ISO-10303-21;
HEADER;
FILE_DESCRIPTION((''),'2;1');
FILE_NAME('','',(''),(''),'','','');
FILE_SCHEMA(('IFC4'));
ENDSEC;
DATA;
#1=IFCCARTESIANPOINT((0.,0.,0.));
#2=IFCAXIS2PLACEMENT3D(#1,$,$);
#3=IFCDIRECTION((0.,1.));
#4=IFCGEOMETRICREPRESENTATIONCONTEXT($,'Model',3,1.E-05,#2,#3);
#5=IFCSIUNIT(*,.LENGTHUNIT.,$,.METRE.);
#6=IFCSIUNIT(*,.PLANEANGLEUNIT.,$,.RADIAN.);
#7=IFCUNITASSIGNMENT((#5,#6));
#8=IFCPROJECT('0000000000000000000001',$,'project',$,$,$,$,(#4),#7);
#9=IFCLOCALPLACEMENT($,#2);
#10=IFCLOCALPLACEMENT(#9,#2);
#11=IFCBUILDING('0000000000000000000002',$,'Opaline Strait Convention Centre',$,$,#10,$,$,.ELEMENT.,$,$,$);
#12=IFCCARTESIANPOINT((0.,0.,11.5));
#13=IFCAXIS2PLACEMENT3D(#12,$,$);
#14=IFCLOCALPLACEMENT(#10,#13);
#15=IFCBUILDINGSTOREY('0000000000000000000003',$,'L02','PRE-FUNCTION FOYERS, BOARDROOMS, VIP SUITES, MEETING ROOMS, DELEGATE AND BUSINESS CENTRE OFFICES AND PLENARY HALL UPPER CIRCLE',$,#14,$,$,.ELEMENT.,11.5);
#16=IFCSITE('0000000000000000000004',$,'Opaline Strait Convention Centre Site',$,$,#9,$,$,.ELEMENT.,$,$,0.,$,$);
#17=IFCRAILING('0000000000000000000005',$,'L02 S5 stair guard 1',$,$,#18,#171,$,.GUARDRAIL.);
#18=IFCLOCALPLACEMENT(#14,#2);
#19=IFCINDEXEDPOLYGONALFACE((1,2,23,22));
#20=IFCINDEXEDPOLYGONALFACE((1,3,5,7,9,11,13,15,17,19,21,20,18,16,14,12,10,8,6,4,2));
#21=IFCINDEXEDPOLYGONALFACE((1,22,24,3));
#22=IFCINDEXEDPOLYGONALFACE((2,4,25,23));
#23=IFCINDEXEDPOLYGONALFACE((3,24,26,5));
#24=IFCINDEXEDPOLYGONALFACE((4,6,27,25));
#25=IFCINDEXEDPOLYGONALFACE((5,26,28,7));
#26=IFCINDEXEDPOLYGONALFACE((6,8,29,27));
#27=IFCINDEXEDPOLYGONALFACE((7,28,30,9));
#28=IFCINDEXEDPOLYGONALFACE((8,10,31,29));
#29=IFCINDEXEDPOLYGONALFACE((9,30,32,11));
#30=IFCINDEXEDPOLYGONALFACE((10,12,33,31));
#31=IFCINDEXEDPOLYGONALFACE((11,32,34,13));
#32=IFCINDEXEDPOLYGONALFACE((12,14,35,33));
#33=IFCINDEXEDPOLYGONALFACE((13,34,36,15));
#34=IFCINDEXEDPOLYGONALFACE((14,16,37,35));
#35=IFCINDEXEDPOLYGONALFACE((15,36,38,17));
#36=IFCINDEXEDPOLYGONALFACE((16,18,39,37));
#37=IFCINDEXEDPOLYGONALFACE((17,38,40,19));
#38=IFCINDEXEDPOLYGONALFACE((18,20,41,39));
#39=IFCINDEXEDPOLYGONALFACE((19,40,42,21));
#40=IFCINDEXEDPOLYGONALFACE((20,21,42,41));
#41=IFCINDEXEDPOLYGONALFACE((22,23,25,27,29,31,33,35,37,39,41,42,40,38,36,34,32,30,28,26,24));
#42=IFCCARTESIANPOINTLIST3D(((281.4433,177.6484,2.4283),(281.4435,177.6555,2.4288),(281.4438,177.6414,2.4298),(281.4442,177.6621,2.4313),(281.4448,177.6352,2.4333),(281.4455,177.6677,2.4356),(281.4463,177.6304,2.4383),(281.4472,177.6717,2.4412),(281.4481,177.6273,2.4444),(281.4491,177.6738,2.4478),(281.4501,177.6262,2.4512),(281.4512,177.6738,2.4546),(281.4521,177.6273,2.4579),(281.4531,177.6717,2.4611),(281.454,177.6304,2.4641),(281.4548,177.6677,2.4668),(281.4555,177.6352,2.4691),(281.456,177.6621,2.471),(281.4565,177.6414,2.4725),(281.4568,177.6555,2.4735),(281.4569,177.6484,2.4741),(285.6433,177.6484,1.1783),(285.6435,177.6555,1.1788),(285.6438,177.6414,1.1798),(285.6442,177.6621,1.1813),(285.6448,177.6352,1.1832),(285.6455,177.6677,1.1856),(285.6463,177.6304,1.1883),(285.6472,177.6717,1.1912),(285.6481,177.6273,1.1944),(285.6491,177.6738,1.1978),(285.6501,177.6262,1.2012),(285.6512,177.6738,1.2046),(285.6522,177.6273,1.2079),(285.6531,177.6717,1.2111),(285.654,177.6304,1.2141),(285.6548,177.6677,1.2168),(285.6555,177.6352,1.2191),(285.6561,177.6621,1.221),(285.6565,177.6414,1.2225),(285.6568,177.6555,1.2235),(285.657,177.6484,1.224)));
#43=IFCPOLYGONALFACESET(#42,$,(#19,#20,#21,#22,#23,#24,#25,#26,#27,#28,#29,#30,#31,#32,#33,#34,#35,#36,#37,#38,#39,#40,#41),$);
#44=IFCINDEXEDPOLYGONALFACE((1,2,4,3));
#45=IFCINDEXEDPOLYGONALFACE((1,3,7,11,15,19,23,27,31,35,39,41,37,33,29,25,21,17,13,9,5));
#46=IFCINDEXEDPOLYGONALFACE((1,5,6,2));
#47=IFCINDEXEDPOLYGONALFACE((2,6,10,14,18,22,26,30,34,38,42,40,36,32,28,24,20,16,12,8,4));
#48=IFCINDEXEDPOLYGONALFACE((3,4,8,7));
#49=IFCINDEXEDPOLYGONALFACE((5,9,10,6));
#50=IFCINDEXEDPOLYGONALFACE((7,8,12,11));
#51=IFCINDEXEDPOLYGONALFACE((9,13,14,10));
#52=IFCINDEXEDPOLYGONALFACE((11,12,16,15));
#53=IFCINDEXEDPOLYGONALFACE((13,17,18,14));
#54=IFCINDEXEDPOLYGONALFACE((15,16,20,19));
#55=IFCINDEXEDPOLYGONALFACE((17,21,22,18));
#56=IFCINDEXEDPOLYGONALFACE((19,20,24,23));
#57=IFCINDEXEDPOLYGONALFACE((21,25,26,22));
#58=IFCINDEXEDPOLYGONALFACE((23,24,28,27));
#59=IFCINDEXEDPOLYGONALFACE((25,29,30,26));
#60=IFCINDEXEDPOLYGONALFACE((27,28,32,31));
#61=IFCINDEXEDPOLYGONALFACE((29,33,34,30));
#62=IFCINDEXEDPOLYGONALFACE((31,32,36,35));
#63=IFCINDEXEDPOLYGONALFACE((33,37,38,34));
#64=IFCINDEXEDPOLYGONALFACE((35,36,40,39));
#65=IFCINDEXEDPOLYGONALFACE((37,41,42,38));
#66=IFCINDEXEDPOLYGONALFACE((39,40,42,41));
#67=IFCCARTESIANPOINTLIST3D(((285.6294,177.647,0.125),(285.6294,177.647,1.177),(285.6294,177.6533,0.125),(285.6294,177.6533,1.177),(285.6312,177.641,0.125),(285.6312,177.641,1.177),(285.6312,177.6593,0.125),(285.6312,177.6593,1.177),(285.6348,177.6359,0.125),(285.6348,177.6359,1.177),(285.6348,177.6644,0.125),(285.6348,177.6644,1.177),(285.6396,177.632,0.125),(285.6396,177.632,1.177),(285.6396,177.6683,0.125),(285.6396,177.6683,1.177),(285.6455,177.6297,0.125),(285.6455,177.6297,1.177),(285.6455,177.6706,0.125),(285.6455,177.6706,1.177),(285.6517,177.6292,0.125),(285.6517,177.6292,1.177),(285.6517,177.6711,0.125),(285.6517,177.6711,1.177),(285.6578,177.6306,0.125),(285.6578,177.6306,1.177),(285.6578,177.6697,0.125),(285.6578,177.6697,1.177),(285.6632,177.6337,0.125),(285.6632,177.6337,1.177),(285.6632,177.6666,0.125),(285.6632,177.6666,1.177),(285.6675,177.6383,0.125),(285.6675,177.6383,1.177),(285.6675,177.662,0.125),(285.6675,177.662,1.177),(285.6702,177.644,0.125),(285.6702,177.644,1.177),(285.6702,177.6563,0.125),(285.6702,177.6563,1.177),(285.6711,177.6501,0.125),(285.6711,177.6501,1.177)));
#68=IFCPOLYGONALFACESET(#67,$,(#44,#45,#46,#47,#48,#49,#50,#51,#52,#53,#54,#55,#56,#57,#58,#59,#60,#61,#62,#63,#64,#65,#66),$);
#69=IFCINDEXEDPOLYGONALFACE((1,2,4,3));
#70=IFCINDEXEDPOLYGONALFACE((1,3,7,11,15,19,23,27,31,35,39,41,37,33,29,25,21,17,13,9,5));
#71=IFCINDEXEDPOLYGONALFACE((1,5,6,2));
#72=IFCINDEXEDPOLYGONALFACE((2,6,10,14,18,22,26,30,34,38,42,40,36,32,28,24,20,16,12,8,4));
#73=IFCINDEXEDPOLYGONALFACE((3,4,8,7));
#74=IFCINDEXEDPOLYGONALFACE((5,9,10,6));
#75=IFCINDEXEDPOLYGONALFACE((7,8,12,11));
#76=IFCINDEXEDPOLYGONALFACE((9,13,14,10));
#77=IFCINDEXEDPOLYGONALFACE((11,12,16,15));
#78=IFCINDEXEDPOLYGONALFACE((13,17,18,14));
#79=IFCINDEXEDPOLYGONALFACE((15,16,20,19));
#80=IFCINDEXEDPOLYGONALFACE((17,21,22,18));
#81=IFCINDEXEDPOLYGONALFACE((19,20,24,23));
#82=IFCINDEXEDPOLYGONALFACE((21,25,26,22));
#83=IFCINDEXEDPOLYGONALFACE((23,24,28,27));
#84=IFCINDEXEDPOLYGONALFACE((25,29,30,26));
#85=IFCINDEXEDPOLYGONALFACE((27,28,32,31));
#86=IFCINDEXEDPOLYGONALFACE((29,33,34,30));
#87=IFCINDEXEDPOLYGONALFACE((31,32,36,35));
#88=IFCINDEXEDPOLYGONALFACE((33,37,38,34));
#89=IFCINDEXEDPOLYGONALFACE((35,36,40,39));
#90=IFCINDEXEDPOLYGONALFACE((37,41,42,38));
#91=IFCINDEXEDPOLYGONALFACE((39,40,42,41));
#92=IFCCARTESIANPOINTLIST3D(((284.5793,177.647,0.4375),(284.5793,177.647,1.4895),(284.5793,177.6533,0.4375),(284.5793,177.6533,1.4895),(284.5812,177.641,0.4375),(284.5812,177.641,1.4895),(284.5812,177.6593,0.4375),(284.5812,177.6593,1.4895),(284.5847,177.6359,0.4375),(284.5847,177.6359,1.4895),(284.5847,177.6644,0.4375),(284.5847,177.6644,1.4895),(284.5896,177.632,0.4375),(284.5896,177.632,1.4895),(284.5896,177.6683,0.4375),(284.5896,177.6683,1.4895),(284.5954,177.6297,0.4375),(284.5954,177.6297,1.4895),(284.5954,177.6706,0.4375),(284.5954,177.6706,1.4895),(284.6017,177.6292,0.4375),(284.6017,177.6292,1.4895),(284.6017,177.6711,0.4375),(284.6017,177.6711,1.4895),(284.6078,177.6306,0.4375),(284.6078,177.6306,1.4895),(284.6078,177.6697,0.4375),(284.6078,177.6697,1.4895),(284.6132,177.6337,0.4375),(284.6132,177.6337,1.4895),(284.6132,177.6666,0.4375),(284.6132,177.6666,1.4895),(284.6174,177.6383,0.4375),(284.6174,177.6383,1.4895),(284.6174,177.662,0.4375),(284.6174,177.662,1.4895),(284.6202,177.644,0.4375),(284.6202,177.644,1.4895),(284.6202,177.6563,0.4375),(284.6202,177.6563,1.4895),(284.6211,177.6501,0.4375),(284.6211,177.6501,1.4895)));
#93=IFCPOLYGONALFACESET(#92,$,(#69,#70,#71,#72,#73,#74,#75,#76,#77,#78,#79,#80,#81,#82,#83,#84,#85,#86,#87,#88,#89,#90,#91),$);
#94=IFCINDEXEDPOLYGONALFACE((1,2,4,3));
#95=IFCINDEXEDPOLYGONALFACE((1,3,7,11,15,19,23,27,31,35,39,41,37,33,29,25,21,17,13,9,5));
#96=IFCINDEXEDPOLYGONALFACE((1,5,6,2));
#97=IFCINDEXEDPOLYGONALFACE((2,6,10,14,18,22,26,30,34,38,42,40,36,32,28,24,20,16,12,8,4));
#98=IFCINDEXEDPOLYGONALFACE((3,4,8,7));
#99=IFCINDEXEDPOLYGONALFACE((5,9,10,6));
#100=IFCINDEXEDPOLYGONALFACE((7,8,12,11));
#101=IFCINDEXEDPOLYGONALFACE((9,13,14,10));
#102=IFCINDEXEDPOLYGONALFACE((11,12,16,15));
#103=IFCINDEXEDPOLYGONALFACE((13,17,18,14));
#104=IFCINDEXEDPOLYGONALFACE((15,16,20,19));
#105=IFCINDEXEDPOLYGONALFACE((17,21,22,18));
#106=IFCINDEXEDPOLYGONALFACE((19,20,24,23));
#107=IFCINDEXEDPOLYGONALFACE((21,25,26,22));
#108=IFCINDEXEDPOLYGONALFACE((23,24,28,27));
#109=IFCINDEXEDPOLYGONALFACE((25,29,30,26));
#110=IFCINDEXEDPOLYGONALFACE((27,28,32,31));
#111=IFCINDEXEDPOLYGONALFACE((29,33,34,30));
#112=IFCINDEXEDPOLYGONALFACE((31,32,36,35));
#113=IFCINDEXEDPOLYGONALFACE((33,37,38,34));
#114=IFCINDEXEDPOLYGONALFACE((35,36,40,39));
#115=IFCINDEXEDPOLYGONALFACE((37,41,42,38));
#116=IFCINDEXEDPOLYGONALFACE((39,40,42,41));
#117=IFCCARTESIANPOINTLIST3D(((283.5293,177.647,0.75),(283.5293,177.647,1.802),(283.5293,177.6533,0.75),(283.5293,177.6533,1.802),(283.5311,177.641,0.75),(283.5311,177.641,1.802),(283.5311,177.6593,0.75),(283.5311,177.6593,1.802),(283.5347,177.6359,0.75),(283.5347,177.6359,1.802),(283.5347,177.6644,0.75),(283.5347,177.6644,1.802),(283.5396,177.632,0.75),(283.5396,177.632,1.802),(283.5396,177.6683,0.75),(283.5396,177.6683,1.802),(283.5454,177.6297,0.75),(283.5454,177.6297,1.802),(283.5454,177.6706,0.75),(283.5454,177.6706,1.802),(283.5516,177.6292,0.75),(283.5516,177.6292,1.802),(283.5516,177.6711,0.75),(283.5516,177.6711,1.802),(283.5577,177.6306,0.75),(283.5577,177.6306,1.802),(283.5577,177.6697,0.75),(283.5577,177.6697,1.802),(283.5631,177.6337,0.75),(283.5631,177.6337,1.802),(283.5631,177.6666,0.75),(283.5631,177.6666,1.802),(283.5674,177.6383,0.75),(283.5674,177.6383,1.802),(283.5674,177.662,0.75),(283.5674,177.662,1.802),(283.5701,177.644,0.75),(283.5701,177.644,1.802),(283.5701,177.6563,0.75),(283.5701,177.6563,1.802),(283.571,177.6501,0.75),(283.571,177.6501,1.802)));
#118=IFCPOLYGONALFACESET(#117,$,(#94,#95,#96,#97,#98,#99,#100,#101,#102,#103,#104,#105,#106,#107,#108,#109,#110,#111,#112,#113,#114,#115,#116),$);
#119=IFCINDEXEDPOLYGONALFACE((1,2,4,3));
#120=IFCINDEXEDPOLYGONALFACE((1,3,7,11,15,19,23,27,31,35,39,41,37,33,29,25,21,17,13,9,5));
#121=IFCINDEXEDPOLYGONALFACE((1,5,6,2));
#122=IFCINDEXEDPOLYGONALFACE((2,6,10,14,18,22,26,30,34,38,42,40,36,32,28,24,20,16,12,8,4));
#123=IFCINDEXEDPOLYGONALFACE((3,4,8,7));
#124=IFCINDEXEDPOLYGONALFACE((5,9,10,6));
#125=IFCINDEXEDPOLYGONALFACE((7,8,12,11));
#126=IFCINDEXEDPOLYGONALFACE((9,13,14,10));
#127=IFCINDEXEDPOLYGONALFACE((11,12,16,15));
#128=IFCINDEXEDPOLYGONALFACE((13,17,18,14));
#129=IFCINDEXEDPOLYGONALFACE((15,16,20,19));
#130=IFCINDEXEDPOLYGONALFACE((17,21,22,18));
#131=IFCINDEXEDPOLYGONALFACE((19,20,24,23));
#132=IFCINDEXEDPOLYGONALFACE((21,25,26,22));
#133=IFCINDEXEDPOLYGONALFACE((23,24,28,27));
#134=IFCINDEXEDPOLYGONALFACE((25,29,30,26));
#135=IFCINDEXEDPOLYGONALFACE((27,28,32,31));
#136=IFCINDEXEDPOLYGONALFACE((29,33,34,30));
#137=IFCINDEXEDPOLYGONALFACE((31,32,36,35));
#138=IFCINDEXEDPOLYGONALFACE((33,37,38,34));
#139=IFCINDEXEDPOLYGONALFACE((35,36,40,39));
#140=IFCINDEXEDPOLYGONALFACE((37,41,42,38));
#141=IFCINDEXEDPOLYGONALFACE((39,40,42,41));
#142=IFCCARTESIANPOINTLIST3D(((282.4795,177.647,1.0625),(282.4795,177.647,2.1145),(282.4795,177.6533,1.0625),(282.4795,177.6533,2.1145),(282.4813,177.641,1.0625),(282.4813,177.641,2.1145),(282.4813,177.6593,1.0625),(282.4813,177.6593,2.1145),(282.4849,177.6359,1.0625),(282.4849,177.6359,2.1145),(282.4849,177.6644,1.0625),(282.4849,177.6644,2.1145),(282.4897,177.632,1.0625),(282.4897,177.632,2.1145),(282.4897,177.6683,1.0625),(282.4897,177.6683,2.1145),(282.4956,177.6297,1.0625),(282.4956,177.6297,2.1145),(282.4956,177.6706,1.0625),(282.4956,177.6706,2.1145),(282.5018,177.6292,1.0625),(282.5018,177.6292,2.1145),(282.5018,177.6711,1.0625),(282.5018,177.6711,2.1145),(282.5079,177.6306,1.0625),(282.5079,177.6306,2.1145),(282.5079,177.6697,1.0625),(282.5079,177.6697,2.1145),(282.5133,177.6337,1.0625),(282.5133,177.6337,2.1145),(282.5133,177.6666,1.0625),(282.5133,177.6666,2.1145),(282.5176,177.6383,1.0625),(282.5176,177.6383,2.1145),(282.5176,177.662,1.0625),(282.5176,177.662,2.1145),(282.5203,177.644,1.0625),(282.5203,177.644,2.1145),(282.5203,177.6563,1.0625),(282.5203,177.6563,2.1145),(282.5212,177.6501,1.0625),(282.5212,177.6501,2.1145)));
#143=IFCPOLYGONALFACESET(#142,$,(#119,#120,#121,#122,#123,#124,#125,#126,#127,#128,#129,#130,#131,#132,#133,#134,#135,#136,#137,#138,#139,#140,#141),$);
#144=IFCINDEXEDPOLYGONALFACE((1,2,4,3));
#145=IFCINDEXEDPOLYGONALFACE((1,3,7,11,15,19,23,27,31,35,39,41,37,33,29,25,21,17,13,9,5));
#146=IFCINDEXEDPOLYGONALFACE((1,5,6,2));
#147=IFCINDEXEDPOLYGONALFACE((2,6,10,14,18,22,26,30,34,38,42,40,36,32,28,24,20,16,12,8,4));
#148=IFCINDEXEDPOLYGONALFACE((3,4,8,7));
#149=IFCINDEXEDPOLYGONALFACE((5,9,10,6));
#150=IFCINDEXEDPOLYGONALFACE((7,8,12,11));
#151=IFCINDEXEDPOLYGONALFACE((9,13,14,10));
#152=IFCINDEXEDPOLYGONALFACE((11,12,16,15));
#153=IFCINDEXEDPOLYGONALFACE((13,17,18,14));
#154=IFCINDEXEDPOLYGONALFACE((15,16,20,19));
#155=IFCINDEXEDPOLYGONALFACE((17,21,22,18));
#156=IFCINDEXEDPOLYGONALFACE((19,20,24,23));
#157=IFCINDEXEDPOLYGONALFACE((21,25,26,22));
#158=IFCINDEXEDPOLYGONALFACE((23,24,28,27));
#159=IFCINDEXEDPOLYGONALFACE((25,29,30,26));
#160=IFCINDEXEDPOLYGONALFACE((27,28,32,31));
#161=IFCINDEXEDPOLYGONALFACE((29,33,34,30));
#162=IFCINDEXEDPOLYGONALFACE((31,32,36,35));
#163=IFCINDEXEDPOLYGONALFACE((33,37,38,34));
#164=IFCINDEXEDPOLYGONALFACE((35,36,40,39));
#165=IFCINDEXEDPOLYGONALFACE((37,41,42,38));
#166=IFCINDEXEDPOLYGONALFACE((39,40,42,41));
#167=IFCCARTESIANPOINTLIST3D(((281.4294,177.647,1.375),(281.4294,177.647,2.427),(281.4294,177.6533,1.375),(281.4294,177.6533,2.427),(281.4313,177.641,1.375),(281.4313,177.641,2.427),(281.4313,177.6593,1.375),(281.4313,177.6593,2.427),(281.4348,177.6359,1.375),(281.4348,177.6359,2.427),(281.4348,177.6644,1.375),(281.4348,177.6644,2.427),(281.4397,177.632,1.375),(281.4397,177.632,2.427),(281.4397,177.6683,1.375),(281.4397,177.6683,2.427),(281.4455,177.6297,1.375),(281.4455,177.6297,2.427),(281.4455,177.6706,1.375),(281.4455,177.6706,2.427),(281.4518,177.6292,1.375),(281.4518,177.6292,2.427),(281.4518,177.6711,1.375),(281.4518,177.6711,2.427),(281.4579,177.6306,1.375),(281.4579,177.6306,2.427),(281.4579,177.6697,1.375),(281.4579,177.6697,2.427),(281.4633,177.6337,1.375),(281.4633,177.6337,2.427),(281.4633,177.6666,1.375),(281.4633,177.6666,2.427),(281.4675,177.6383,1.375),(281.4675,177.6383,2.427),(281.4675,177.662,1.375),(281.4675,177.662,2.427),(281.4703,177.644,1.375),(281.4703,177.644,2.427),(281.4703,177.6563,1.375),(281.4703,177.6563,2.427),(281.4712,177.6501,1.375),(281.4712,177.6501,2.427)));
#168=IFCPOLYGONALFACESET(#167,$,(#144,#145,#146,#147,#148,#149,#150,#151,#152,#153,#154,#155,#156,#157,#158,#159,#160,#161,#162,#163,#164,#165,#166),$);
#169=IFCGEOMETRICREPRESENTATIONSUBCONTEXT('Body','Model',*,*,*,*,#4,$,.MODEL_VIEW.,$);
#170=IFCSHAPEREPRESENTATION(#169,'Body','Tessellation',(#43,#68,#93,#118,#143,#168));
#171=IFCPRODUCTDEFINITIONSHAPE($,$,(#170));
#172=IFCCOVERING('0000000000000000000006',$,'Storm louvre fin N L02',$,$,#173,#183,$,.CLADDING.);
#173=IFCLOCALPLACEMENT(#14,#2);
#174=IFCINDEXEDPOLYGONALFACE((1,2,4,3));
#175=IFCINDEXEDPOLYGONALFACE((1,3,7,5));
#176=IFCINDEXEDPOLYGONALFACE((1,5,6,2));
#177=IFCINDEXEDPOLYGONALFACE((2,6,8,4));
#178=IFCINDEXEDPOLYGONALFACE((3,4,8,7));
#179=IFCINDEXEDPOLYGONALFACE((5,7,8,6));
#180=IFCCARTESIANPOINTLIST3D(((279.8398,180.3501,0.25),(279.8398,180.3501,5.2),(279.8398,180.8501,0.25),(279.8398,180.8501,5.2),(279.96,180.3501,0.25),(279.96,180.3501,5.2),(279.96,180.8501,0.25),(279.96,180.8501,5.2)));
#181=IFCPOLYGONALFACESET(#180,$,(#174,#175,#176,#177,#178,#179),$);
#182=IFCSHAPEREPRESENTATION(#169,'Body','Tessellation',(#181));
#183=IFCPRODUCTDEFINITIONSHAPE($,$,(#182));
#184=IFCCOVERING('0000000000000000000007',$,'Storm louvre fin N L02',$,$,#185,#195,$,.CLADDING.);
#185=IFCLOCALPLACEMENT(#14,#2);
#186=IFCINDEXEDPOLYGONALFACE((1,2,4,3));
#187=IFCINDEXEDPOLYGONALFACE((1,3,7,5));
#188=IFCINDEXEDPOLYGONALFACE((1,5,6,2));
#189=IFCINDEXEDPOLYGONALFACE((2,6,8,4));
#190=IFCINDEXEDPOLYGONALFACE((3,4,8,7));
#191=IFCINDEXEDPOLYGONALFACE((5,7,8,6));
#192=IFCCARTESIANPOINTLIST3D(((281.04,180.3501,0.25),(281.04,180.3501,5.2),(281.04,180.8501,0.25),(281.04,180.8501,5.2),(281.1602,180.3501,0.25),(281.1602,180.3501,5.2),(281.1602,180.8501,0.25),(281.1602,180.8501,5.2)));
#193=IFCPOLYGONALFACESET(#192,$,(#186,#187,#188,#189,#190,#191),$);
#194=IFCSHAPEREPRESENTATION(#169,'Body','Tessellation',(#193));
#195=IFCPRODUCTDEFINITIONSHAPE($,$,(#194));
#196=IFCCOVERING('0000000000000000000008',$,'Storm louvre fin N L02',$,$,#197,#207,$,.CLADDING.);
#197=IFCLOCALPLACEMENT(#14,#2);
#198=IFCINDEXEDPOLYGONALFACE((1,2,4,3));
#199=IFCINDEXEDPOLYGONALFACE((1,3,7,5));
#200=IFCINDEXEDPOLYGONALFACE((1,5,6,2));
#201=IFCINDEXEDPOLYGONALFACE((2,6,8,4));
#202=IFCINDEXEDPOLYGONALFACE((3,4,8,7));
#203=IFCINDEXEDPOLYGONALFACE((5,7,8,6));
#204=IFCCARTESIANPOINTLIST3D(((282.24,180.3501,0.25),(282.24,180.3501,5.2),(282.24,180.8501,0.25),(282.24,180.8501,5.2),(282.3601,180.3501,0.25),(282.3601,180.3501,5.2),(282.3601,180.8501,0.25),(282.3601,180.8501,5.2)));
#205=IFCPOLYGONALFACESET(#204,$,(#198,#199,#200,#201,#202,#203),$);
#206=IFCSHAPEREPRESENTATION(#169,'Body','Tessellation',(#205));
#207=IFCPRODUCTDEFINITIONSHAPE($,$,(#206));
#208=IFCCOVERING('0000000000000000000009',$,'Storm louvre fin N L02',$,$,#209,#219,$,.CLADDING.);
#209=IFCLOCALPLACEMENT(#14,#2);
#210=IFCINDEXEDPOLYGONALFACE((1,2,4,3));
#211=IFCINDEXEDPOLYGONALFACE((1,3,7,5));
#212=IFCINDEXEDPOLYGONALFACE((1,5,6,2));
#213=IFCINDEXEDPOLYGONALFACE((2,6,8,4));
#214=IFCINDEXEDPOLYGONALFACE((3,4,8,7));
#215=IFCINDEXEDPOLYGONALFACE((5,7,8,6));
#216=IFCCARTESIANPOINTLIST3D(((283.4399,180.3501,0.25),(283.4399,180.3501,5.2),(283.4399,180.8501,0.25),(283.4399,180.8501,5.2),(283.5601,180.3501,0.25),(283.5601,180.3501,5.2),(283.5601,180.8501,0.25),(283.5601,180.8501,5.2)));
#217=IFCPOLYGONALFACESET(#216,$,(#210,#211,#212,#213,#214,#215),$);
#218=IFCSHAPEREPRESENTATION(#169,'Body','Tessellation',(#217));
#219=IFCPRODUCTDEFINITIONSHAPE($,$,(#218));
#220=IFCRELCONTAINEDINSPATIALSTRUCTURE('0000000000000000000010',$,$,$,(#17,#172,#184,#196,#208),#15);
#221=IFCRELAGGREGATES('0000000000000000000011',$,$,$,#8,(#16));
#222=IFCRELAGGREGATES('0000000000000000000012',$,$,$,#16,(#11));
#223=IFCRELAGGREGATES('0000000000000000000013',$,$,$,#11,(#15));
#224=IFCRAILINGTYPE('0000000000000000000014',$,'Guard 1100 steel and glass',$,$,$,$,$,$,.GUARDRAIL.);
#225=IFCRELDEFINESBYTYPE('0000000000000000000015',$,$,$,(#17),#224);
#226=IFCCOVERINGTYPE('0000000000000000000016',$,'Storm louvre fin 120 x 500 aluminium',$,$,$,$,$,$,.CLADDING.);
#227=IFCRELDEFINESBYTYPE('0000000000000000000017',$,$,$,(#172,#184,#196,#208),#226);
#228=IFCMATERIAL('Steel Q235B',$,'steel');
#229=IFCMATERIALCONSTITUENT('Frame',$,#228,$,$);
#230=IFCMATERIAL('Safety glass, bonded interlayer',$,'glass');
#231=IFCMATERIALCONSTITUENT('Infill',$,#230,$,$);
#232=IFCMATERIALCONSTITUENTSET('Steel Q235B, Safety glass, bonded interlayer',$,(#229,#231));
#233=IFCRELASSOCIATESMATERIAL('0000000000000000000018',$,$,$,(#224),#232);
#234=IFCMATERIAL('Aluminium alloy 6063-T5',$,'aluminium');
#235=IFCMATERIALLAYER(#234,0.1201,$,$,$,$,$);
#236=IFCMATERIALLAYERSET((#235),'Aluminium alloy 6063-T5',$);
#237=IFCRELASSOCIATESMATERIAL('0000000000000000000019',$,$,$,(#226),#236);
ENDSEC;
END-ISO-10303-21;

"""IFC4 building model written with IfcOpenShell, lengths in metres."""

from ifc_helpers import new_model, si_unit, direction, frame, origin, origin_2d, place, context, subcontext, project, spatial, rectangle, circle, extrude, material, layer, layer_set, constituent, constituent_set, type_object, element, save


model = new_model("IFC4")

# Units and contexts
model_context = context("Model", 3, precision=1e-05, world=origin(), true_north=direction((0.0, 1.0)))
body_context = subcontext(model_context, "Body", "Model", "MODEL_VIEW")
ifc_project = project(units=[si_unit("LENGTHUNIT", "METRE"), si_unit("PLANEANGLEUNIT", "RADIAN")], contexts=[model_context])

# Site, building, storey
site_placement = place(None, origin())
site = spatial("IfcSite", under=ifc_project, at=site_placement, Name="Opaline Strait Convention Centre Site", CompositionType="ELEMENT", RefElevation=0.0)
building_placement = place(site_placement, origin())
building = spatial("IfcBuilding", under=site, at=building_placement, Name="Opaline Strait Convention Centre", CompositionType="ELEMENT")
storey_placement = place(building_placement, frame((0.0, 0.0, 11.5)))
storey = spatial("IfcBuildingStorey", under=building, at=storey_placement, Name="L02", Description="PRE-FUNCTION FOYERS, BOARDROOMS, VIP SUITES, MEETING ROOMS, DELEGATE AND BUSINESS CENTRE OFFICES AND PLENARY HALL UPPER CIRCLE", CompositionType="ELEMENT", Elevation=11.5)

# Railing
ifc_material_1 = material(Name="Steel Q235B", Category="steel")
ifc_constituent_1 = constituent(ifc_material_1, Name="Frame")
ifc_material_2 = material(Name="Safety glass, bonded interlayer", Category="glass")
ifc_constituent_2 = constituent(ifc_material_2, Name="Infill")
ifc_constituent_set = constituent_set(constituents=[ifc_constituent_1, ifc_constituent_2], Name="Steel Q235B, Safety glass, bonded interlayer")
railing_type = type_object("IfcRailingType", Name="Guard 1100 steel and glass", PredefinedType="GUARDRAIL", material=ifc_constituent_set)
railing_placement = place(storey_placement, frame((285.6501, 177.6501, 0.125)))
element("IfcRailing", 1, at=railing_placement, inside=storey, type_object=railing_type, Name="L02 S5 stair guard 1", PredefinedType="GUARDRAIL", context=body_context, shape_type="SweptSolid", body=[
    extrude(circle(Radius=0.0239, at=origin_2d()), frame((0.0, 0.0, 1.0762), z_axis=(-0.958451, 0.0, 0.285257), x_axis=(0.0, -1.0, 0.0)), (0.0, 0.0, 1.0), 4.3821),
    extrude(circle(Radius=0.021, at=origin_2d()), origin(), (0.0, 0.0, 1.0), 1.052),
    extrude(circle(Radius=0.021, at=origin_2d()), frame((-1.05, 0.0, 0.3125)), (0.0, 0.0, 1.0), 1.052),
    extrude(circle(Radius=0.021, at=origin_2d()), frame((-2.1001, 0.0, 0.625)), (0.0, 0.0, 1.0), 1.052),
    extrude(circle(Radius=0.021, at=origin_2d()), frame((-3.1499, 0.0, 0.9375)), (0.0, 0.0, 1.0), 1.052),
    extrude(circle(Radius=0.021, at=origin_2d()), frame((-4.2, 0.0, 1.25)), (0.0, 0.0, 1.0), 1.052),
])

# Coverings
ifc_material_3 = material(Name="Aluminium alloy 6063-T5", Category="aluminium")
ifc_layer_1 = layer(ifc_material_3, 0.1201)
ifc_layer_set_1 = layer_set([ifc_layer_1], Name="Aluminium alloy 6063-T5")
covering_type = type_object("IfcCoveringType", Name="Storm louvre fin 120 x 500 aluminium", PredefinedType="CLADDING", material=ifc_layer_set_1)
for number, where, z_axis, x_axis, name in (
    (2, (279.8999, 180.6001, 0.25), (0.0, 0.0, 1.0), (1.0, 0.0, 0.0), "Storm louvre fin N L02"),
    (3, (281.1001, 180.6001, 0.25), (0.0, 0.0, 1.0), (1.0, 0.0, 0.0), "Storm louvre fin N L02"),
    (4, (282.3, 180.6001, 0.25), (0.0, 0.0, 1.0), (1.0, 0.0, 0.0), "Storm louvre fin N L02"),
    (5, (283.5, 180.6001, 0.25), (0.0, 0.0, 1.0), (1.0, 0.0, 0.0), "Storm louvre fin N L02"),
):
    element("IfcCovering", number, at=place(storey_placement, frame(where, z_axis=z_axis, x_axis=x_axis)), inside=storey, type_object=covering_type, Name=name, PredefinedType="CLADDING", context=body_context, shape_type="SweptSolid", body=[
        extrude(rectangle(XDim=0.1201, YDim=0.5, at=origin_2d()), origin(), (0.0, 0.0, 1.0), 4.95),
    ])

save(model, "model.ifc")
